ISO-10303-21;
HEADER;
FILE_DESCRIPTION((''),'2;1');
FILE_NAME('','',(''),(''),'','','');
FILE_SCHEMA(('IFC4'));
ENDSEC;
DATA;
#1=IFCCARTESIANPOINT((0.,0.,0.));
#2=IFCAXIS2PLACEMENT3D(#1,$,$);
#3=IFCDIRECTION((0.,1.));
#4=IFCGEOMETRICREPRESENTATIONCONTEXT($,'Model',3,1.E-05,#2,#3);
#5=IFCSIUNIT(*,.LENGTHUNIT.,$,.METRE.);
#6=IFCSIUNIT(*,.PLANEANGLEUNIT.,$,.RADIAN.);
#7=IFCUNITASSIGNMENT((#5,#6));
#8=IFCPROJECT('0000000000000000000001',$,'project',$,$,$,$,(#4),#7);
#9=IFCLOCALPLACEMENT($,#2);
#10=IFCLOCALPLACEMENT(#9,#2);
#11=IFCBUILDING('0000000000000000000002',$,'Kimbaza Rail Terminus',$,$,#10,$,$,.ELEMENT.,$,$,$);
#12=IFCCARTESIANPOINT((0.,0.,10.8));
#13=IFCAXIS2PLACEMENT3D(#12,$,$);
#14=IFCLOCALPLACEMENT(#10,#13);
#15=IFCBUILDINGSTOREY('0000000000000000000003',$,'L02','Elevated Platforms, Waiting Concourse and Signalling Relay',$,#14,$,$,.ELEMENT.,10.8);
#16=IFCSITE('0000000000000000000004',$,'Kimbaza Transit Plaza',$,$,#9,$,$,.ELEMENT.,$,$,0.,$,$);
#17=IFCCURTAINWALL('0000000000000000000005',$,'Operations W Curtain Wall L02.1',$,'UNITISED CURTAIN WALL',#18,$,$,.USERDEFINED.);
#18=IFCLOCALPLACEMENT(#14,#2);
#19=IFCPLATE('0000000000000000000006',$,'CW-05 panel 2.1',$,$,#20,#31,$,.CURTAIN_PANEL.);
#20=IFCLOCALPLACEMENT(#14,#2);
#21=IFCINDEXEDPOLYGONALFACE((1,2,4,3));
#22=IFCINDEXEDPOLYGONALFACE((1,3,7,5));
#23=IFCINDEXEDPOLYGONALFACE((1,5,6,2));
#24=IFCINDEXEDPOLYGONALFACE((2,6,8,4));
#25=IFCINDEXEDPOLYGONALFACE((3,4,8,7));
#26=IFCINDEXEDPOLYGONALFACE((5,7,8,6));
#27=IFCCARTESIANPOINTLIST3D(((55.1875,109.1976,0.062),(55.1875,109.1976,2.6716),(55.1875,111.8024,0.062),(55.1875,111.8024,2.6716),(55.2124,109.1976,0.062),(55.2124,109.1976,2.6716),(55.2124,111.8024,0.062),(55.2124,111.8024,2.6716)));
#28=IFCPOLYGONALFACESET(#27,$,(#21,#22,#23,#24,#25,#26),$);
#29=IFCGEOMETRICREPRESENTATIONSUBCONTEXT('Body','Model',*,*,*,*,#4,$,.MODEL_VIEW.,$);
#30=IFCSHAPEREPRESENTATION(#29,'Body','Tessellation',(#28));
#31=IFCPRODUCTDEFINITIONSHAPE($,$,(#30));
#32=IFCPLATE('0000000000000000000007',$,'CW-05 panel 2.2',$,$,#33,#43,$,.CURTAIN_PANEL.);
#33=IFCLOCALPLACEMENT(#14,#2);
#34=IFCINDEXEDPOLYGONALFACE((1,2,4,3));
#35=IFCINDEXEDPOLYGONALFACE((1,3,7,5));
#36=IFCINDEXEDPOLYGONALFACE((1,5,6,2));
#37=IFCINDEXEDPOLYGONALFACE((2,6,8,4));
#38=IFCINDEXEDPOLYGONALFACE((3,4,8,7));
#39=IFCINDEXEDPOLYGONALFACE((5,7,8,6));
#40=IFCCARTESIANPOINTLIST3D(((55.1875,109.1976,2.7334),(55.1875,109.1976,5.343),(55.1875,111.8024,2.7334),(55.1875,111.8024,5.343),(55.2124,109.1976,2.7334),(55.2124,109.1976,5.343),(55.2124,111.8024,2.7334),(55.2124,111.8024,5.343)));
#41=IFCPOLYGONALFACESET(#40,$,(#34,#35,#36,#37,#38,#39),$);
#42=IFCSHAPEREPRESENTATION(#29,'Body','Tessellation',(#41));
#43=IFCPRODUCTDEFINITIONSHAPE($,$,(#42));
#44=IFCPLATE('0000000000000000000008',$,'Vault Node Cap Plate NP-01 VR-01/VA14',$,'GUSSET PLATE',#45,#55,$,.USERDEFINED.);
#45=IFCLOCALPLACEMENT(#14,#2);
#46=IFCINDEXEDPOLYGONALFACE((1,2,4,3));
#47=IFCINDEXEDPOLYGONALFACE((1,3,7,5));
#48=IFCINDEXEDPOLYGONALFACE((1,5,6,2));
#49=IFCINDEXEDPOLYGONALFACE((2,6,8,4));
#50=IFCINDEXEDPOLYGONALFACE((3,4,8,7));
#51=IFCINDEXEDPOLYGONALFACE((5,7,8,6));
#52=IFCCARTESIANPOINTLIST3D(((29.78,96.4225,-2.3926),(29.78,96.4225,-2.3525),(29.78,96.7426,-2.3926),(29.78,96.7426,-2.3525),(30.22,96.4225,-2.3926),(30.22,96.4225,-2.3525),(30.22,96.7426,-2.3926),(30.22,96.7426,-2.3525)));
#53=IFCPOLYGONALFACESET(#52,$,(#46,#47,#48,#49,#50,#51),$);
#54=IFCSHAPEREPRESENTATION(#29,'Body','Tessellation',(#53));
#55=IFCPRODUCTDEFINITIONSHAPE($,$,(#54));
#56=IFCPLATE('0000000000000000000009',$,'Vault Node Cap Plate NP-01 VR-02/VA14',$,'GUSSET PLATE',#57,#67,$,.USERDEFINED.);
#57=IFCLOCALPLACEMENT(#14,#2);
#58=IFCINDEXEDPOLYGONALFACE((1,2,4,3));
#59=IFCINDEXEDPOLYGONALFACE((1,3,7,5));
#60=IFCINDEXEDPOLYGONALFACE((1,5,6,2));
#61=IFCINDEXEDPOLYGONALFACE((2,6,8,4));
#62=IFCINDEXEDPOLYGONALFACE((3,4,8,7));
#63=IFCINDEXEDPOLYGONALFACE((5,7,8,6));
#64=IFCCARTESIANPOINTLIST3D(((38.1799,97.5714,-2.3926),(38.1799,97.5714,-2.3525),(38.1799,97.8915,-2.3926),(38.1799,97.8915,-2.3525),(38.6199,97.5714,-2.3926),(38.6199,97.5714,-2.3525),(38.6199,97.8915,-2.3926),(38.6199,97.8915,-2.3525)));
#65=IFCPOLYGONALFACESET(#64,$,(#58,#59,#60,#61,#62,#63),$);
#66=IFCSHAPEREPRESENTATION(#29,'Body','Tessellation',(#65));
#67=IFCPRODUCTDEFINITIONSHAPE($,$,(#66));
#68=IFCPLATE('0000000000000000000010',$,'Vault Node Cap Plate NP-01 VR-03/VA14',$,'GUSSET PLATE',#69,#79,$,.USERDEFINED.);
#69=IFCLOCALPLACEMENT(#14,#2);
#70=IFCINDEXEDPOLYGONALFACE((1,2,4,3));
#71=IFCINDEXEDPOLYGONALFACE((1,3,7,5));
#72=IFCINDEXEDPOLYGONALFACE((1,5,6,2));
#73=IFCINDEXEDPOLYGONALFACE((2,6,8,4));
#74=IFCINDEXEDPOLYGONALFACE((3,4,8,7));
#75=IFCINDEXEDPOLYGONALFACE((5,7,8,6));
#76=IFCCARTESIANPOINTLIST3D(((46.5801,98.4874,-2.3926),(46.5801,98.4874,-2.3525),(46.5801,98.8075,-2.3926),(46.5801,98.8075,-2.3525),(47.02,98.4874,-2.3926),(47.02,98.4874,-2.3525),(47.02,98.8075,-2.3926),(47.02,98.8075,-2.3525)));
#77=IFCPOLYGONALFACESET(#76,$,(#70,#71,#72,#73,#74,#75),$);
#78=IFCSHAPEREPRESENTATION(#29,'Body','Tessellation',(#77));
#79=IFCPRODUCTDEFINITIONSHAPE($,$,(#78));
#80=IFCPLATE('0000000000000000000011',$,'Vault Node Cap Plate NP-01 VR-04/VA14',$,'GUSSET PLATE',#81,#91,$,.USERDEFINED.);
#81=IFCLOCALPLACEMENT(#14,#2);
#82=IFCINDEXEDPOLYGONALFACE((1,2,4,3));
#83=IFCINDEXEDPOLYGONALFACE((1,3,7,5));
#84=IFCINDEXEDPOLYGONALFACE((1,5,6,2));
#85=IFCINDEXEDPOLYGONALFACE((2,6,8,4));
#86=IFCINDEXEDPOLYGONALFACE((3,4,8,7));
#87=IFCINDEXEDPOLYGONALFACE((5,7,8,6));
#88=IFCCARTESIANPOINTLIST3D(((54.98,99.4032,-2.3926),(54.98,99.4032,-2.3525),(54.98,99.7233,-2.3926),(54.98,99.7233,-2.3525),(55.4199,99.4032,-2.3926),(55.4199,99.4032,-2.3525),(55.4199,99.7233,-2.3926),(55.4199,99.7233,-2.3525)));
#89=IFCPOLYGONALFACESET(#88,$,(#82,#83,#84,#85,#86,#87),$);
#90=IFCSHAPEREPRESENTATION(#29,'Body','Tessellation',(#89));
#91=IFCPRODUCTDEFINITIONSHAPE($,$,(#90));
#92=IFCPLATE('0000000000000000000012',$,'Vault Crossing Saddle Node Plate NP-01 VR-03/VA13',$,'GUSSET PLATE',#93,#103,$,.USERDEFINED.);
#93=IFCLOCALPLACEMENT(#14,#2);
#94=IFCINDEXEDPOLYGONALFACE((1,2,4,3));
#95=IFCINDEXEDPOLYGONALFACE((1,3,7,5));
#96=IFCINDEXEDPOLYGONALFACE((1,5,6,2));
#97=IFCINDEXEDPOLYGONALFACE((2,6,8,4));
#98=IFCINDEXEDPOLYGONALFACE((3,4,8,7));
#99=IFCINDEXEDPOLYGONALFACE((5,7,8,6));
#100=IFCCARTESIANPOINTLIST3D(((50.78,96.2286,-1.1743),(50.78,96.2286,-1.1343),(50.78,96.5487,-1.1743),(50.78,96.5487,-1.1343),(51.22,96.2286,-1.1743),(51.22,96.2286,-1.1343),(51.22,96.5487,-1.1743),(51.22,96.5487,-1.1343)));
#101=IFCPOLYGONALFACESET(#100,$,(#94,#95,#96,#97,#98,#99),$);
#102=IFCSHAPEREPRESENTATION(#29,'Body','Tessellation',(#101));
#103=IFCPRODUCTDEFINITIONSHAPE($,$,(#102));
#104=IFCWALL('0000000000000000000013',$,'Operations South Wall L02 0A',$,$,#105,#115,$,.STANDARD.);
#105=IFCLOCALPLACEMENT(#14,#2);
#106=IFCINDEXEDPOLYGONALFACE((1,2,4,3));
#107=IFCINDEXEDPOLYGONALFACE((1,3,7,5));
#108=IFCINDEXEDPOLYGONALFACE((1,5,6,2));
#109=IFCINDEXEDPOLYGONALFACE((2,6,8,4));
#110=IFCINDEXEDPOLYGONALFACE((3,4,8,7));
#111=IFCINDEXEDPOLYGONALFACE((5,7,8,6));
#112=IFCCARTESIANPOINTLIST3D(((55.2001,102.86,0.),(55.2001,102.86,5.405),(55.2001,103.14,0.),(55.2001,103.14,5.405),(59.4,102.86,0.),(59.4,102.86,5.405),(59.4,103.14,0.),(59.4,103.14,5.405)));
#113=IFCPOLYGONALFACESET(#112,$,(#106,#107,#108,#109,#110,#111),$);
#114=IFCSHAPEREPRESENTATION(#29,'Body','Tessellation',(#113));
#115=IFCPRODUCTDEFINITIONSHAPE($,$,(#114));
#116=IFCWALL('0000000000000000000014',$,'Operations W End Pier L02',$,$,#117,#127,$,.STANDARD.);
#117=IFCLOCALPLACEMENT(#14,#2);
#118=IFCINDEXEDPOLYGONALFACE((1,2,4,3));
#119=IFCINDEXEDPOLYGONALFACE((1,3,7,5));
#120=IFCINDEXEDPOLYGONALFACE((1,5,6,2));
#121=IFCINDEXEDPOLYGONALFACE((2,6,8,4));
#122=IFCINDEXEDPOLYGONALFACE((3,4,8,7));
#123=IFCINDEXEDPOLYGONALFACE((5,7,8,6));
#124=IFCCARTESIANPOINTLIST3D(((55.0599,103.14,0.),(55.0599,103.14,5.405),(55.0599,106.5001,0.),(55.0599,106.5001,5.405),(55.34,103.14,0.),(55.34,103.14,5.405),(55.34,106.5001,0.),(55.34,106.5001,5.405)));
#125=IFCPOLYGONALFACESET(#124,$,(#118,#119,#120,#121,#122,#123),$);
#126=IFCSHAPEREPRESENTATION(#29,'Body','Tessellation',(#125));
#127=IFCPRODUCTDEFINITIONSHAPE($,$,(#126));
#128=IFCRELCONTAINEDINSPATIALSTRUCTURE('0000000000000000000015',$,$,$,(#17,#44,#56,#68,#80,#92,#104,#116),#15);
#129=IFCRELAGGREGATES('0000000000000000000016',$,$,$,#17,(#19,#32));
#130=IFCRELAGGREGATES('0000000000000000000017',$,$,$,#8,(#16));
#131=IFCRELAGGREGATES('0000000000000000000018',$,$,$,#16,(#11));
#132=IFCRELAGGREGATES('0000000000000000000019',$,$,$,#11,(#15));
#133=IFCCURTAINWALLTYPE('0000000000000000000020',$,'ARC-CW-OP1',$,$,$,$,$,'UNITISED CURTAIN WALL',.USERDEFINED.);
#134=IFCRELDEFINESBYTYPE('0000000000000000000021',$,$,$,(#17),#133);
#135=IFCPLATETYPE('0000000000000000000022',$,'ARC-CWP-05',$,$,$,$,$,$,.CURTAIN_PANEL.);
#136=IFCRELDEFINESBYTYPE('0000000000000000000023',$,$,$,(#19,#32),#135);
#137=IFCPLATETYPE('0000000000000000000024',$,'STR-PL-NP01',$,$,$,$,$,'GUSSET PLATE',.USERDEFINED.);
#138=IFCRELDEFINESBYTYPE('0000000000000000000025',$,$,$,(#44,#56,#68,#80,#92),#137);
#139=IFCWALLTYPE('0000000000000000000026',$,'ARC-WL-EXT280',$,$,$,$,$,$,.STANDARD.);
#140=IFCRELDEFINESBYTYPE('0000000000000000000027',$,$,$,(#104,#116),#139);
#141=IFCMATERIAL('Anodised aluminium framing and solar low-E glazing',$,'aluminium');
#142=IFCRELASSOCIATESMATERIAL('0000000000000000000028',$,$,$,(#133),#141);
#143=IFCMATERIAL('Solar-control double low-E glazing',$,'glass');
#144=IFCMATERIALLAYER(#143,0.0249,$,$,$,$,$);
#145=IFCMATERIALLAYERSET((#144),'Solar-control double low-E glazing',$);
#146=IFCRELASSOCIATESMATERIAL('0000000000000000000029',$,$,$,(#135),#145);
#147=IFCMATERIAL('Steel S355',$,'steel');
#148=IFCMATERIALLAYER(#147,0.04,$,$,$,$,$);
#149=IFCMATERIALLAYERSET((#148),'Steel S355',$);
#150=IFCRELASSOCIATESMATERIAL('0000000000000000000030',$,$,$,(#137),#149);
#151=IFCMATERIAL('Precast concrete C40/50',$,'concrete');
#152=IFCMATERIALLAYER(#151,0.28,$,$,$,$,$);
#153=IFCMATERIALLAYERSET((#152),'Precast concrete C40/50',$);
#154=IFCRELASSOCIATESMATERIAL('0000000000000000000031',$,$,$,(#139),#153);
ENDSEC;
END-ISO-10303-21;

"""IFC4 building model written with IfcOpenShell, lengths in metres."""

from ifc_helpers import new_model, si_unit, direction, frame, frame_2d, origin, origin_2d, place, context, subcontext, project, spatial, rectangle, extrude, material, layer, layer_set, type_object, element, aggregate, save


model = new_model("IFC4")

# Units and contexts
model_context = context("Model", 3, precision=1e-05, world=origin(), true_north=direction((0.0, 1.0)))
body_context = subcontext(model_context, "Body", "Model", "MODEL_VIEW")
ifc_project = project(units=[si_unit("LENGTHUNIT", "METRE"), si_unit("PLANEANGLEUNIT", "RADIAN")], contexts=[model_context])

# Site, building, storey
site_placement = place(None, origin())
site = spatial("IfcSite", under=ifc_project, at=site_placement, Name="Kimbaza Transit Plaza", CompositionType="ELEMENT", RefElevation=0.0)
building_placement = place(site_placement, origin())
building = spatial("IfcBuilding", under=site, at=building_placement, Name="Kimbaza Rail Terminus", CompositionType="ELEMENT")
storey_placement = place(building_placement, frame((0.0, 0.0, 10.8)))
storey = spatial("IfcBuildingStorey", under=building, at=storey_placement, Name="L02", Description="Elevated Platforms, Waiting Concourse and Signalling Relay", CompositionType="ELEMENT", Elevation=10.8)

# Curtain wall
ifc_material_1 = material(Name="Anodised aluminium framing and solar low-E glazing", Category="aluminium")
curtain_wall_type = type_object("IfcCurtainWallType", Name="ARC-CW-OP1", ElementType="UNITISED CURTAIN WALL", PredefinedType="USERDEFINED", material=ifc_material_1)
curtain_wall_placement = place(storey_placement, origin())
curtain_wall = element("IfcCurtainWall", 1, at=curtain_wall_placement, inside=storey, type_object=curtain_wall_type, Name="Operations W Curtain Wall L02.1", ObjectType="UNITISED CURTAIN WALL", PredefinedType="USERDEFINED")

# Plates
ifc_material_2 = material(Name="Solar-control double low-E glazing", Category="glass")
ifc_layer_1 = layer(ifc_material_2, 0.0249)
ifc_layer_set_1 = layer_set([ifc_layer_1], Name="Solar-control double low-E glazing")
plate_type_1 = type_object("IfcPlateType", Name="ARC-CWP-05", PredefinedType="CURTAIN_PANEL", material=ifc_layer_set_1)
plate_1_placement = place(storey_placement, frame((55.2, 110.5, 0.062), z_axis=(0.0, 0.0, 1.0), x_axis=(0.0, 1.0, 0.0)))
plate_1 = element("IfcPlate", 2, at=plate_1_placement, type_object=plate_type_1, Name="CW-05 panel 2.1", PredefinedType="CURTAIN_PANEL", context=body_context, shape_type="SweptSolid", body=[
    extrude(rectangle(XDim=2.6047, YDim=0.0249, at=origin_2d()), origin(), (0.0, 0.0, 1.0), 2.6096),
])
plate_2_placement = place(storey_placement, frame((55.2, 110.5, 2.7334), z_axis=(0.0, 0.0, 1.0), x_axis=(0.0, 1.0, 0.0)))
plate_2 = element("IfcPlate", 3, at=plate_2_placement, type_object=plate_type_1, Name="CW-05 panel 2.2", PredefinedType="CURTAIN_PANEL", context=body_context, shape_type="SweptSolid", body=[
    extrude(rectangle(XDim=2.6047, YDim=0.0249, at=origin_2d()), origin(), (0.0, 0.0, 1.0), 2.6096),
])
aggregate(curtain_wall, [plate_1, plate_2])

# Plates
ifc_material_3 = material(Name="Steel S355", Category="steel")
ifc_layer_2 = layer(ifc_material_3, 0.04)
ifc_layer_set_2 = layer_set([ifc_layer_2], Name="Steel S355")
plate_type_2 = type_object("IfcPlateType", Name="STR-PL-NP01", ElementType="GUSSET PLATE", PredefinedType="USERDEFINED", material=ifc_layer_set_2)
for number, where, z_axis, x_axis, name in (
    (4, (30.0, 96.5825, -2.3926), (0.0, 0.0, 1.0), (1.0, 0.0, 0.0), "Vault Node Cap Plate NP-01 VR-01/VA14"),
    (5, (38.3999, 97.7314, -2.3926), (0.0, 0.0, 1.0), (1.0, 0.0, 0.0), "Vault Node Cap Plate NP-01 VR-02/VA14"),
    (6, (46.8, 98.6475, -2.3926), (0.0, 0.0, 1.0), (1.0, 0.0, 0.0), "Vault Node Cap Plate NP-01 VR-03/VA14"),
    (7, (55.2, 99.5632, -2.3926), (0.0, 0.0, 1.0), (1.0, 0.0, 0.0), "Vault Node Cap Plate NP-01 VR-04/VA14"),
    (8, (51.0, 96.3887, -1.1743), (0.0, 0.0, 1.0), (1.0, 0.0, 0.0), "Vault Crossing Saddle Node Plate NP-01 VR-03/VA13"),
):
    element("IfcPlate", number, at=place(storey_placement, frame(where, z_axis=z_axis, x_axis=x_axis)), inside=storey, type_object=plate_type_2, Name=name, ObjectType="GUSSET PLATE", PredefinedType="USERDEFINED", context=body_context, shape_type="SweptSolid", body=[
        extrude(rectangle(XDim=0.4399, YDim=0.3201, at=origin_2d()), origin(), (0.0, 0.0, 1.0), 0.04),
    ])

# Walls
ifc_material_4 = material(Name="Precast concrete C40/50", Category="concrete")
ifc_layer_3 = layer(ifc_material_4, 0.28)
ifc_layer_set_3 = layer_set([ifc_layer_3], Name="Precast concrete C40/50")
wall_type = type_object("IfcWallType", Name="ARC-WL-EXT280", PredefinedType="STANDARD", material=ifc_layer_set_3)
wall_1_placement = place(storey_placement, frame((55.2, 103.0, 0.0), z_axis=(0.0, 0.0, 1.0), x_axis=(1.0, 0.0, 0.0)))
element("IfcWall", 9, at=wall_1_placement, inside=storey, type_object=wall_type, Name="Operations South Wall L02 0A", PredefinedType="STANDARD", context=body_context, shape_type="SweptSolid", body=[
    extrude(rectangle(XDim=4.2, YDim=0.28, at=frame_2d((2.1001, 0.0))), origin(), (0.0, 0.0, 1.0), 5.405),
])
wall_2_placement = place(storey_placement, frame((55.2, 103.1399, 0.0), z_axis=(0.0, 0.0, 1.0), x_axis=(0.0, 1.0, 0.0)))
element("IfcWall", 10, at=wall_2_placement, inside=storey, type_object=wall_type, Name="Operations W End Pier L02", PredefinedType="STANDARD", context=body_context, shape_type="SweptSolid", body=[
    extrude(rectangle(XDim=3.3601, YDim=0.28, at=frame_2d((1.6802, 0.0))), origin(), (0.0, 0.0, 1.0), 5.405),
])

save(model, "model.ifc")
